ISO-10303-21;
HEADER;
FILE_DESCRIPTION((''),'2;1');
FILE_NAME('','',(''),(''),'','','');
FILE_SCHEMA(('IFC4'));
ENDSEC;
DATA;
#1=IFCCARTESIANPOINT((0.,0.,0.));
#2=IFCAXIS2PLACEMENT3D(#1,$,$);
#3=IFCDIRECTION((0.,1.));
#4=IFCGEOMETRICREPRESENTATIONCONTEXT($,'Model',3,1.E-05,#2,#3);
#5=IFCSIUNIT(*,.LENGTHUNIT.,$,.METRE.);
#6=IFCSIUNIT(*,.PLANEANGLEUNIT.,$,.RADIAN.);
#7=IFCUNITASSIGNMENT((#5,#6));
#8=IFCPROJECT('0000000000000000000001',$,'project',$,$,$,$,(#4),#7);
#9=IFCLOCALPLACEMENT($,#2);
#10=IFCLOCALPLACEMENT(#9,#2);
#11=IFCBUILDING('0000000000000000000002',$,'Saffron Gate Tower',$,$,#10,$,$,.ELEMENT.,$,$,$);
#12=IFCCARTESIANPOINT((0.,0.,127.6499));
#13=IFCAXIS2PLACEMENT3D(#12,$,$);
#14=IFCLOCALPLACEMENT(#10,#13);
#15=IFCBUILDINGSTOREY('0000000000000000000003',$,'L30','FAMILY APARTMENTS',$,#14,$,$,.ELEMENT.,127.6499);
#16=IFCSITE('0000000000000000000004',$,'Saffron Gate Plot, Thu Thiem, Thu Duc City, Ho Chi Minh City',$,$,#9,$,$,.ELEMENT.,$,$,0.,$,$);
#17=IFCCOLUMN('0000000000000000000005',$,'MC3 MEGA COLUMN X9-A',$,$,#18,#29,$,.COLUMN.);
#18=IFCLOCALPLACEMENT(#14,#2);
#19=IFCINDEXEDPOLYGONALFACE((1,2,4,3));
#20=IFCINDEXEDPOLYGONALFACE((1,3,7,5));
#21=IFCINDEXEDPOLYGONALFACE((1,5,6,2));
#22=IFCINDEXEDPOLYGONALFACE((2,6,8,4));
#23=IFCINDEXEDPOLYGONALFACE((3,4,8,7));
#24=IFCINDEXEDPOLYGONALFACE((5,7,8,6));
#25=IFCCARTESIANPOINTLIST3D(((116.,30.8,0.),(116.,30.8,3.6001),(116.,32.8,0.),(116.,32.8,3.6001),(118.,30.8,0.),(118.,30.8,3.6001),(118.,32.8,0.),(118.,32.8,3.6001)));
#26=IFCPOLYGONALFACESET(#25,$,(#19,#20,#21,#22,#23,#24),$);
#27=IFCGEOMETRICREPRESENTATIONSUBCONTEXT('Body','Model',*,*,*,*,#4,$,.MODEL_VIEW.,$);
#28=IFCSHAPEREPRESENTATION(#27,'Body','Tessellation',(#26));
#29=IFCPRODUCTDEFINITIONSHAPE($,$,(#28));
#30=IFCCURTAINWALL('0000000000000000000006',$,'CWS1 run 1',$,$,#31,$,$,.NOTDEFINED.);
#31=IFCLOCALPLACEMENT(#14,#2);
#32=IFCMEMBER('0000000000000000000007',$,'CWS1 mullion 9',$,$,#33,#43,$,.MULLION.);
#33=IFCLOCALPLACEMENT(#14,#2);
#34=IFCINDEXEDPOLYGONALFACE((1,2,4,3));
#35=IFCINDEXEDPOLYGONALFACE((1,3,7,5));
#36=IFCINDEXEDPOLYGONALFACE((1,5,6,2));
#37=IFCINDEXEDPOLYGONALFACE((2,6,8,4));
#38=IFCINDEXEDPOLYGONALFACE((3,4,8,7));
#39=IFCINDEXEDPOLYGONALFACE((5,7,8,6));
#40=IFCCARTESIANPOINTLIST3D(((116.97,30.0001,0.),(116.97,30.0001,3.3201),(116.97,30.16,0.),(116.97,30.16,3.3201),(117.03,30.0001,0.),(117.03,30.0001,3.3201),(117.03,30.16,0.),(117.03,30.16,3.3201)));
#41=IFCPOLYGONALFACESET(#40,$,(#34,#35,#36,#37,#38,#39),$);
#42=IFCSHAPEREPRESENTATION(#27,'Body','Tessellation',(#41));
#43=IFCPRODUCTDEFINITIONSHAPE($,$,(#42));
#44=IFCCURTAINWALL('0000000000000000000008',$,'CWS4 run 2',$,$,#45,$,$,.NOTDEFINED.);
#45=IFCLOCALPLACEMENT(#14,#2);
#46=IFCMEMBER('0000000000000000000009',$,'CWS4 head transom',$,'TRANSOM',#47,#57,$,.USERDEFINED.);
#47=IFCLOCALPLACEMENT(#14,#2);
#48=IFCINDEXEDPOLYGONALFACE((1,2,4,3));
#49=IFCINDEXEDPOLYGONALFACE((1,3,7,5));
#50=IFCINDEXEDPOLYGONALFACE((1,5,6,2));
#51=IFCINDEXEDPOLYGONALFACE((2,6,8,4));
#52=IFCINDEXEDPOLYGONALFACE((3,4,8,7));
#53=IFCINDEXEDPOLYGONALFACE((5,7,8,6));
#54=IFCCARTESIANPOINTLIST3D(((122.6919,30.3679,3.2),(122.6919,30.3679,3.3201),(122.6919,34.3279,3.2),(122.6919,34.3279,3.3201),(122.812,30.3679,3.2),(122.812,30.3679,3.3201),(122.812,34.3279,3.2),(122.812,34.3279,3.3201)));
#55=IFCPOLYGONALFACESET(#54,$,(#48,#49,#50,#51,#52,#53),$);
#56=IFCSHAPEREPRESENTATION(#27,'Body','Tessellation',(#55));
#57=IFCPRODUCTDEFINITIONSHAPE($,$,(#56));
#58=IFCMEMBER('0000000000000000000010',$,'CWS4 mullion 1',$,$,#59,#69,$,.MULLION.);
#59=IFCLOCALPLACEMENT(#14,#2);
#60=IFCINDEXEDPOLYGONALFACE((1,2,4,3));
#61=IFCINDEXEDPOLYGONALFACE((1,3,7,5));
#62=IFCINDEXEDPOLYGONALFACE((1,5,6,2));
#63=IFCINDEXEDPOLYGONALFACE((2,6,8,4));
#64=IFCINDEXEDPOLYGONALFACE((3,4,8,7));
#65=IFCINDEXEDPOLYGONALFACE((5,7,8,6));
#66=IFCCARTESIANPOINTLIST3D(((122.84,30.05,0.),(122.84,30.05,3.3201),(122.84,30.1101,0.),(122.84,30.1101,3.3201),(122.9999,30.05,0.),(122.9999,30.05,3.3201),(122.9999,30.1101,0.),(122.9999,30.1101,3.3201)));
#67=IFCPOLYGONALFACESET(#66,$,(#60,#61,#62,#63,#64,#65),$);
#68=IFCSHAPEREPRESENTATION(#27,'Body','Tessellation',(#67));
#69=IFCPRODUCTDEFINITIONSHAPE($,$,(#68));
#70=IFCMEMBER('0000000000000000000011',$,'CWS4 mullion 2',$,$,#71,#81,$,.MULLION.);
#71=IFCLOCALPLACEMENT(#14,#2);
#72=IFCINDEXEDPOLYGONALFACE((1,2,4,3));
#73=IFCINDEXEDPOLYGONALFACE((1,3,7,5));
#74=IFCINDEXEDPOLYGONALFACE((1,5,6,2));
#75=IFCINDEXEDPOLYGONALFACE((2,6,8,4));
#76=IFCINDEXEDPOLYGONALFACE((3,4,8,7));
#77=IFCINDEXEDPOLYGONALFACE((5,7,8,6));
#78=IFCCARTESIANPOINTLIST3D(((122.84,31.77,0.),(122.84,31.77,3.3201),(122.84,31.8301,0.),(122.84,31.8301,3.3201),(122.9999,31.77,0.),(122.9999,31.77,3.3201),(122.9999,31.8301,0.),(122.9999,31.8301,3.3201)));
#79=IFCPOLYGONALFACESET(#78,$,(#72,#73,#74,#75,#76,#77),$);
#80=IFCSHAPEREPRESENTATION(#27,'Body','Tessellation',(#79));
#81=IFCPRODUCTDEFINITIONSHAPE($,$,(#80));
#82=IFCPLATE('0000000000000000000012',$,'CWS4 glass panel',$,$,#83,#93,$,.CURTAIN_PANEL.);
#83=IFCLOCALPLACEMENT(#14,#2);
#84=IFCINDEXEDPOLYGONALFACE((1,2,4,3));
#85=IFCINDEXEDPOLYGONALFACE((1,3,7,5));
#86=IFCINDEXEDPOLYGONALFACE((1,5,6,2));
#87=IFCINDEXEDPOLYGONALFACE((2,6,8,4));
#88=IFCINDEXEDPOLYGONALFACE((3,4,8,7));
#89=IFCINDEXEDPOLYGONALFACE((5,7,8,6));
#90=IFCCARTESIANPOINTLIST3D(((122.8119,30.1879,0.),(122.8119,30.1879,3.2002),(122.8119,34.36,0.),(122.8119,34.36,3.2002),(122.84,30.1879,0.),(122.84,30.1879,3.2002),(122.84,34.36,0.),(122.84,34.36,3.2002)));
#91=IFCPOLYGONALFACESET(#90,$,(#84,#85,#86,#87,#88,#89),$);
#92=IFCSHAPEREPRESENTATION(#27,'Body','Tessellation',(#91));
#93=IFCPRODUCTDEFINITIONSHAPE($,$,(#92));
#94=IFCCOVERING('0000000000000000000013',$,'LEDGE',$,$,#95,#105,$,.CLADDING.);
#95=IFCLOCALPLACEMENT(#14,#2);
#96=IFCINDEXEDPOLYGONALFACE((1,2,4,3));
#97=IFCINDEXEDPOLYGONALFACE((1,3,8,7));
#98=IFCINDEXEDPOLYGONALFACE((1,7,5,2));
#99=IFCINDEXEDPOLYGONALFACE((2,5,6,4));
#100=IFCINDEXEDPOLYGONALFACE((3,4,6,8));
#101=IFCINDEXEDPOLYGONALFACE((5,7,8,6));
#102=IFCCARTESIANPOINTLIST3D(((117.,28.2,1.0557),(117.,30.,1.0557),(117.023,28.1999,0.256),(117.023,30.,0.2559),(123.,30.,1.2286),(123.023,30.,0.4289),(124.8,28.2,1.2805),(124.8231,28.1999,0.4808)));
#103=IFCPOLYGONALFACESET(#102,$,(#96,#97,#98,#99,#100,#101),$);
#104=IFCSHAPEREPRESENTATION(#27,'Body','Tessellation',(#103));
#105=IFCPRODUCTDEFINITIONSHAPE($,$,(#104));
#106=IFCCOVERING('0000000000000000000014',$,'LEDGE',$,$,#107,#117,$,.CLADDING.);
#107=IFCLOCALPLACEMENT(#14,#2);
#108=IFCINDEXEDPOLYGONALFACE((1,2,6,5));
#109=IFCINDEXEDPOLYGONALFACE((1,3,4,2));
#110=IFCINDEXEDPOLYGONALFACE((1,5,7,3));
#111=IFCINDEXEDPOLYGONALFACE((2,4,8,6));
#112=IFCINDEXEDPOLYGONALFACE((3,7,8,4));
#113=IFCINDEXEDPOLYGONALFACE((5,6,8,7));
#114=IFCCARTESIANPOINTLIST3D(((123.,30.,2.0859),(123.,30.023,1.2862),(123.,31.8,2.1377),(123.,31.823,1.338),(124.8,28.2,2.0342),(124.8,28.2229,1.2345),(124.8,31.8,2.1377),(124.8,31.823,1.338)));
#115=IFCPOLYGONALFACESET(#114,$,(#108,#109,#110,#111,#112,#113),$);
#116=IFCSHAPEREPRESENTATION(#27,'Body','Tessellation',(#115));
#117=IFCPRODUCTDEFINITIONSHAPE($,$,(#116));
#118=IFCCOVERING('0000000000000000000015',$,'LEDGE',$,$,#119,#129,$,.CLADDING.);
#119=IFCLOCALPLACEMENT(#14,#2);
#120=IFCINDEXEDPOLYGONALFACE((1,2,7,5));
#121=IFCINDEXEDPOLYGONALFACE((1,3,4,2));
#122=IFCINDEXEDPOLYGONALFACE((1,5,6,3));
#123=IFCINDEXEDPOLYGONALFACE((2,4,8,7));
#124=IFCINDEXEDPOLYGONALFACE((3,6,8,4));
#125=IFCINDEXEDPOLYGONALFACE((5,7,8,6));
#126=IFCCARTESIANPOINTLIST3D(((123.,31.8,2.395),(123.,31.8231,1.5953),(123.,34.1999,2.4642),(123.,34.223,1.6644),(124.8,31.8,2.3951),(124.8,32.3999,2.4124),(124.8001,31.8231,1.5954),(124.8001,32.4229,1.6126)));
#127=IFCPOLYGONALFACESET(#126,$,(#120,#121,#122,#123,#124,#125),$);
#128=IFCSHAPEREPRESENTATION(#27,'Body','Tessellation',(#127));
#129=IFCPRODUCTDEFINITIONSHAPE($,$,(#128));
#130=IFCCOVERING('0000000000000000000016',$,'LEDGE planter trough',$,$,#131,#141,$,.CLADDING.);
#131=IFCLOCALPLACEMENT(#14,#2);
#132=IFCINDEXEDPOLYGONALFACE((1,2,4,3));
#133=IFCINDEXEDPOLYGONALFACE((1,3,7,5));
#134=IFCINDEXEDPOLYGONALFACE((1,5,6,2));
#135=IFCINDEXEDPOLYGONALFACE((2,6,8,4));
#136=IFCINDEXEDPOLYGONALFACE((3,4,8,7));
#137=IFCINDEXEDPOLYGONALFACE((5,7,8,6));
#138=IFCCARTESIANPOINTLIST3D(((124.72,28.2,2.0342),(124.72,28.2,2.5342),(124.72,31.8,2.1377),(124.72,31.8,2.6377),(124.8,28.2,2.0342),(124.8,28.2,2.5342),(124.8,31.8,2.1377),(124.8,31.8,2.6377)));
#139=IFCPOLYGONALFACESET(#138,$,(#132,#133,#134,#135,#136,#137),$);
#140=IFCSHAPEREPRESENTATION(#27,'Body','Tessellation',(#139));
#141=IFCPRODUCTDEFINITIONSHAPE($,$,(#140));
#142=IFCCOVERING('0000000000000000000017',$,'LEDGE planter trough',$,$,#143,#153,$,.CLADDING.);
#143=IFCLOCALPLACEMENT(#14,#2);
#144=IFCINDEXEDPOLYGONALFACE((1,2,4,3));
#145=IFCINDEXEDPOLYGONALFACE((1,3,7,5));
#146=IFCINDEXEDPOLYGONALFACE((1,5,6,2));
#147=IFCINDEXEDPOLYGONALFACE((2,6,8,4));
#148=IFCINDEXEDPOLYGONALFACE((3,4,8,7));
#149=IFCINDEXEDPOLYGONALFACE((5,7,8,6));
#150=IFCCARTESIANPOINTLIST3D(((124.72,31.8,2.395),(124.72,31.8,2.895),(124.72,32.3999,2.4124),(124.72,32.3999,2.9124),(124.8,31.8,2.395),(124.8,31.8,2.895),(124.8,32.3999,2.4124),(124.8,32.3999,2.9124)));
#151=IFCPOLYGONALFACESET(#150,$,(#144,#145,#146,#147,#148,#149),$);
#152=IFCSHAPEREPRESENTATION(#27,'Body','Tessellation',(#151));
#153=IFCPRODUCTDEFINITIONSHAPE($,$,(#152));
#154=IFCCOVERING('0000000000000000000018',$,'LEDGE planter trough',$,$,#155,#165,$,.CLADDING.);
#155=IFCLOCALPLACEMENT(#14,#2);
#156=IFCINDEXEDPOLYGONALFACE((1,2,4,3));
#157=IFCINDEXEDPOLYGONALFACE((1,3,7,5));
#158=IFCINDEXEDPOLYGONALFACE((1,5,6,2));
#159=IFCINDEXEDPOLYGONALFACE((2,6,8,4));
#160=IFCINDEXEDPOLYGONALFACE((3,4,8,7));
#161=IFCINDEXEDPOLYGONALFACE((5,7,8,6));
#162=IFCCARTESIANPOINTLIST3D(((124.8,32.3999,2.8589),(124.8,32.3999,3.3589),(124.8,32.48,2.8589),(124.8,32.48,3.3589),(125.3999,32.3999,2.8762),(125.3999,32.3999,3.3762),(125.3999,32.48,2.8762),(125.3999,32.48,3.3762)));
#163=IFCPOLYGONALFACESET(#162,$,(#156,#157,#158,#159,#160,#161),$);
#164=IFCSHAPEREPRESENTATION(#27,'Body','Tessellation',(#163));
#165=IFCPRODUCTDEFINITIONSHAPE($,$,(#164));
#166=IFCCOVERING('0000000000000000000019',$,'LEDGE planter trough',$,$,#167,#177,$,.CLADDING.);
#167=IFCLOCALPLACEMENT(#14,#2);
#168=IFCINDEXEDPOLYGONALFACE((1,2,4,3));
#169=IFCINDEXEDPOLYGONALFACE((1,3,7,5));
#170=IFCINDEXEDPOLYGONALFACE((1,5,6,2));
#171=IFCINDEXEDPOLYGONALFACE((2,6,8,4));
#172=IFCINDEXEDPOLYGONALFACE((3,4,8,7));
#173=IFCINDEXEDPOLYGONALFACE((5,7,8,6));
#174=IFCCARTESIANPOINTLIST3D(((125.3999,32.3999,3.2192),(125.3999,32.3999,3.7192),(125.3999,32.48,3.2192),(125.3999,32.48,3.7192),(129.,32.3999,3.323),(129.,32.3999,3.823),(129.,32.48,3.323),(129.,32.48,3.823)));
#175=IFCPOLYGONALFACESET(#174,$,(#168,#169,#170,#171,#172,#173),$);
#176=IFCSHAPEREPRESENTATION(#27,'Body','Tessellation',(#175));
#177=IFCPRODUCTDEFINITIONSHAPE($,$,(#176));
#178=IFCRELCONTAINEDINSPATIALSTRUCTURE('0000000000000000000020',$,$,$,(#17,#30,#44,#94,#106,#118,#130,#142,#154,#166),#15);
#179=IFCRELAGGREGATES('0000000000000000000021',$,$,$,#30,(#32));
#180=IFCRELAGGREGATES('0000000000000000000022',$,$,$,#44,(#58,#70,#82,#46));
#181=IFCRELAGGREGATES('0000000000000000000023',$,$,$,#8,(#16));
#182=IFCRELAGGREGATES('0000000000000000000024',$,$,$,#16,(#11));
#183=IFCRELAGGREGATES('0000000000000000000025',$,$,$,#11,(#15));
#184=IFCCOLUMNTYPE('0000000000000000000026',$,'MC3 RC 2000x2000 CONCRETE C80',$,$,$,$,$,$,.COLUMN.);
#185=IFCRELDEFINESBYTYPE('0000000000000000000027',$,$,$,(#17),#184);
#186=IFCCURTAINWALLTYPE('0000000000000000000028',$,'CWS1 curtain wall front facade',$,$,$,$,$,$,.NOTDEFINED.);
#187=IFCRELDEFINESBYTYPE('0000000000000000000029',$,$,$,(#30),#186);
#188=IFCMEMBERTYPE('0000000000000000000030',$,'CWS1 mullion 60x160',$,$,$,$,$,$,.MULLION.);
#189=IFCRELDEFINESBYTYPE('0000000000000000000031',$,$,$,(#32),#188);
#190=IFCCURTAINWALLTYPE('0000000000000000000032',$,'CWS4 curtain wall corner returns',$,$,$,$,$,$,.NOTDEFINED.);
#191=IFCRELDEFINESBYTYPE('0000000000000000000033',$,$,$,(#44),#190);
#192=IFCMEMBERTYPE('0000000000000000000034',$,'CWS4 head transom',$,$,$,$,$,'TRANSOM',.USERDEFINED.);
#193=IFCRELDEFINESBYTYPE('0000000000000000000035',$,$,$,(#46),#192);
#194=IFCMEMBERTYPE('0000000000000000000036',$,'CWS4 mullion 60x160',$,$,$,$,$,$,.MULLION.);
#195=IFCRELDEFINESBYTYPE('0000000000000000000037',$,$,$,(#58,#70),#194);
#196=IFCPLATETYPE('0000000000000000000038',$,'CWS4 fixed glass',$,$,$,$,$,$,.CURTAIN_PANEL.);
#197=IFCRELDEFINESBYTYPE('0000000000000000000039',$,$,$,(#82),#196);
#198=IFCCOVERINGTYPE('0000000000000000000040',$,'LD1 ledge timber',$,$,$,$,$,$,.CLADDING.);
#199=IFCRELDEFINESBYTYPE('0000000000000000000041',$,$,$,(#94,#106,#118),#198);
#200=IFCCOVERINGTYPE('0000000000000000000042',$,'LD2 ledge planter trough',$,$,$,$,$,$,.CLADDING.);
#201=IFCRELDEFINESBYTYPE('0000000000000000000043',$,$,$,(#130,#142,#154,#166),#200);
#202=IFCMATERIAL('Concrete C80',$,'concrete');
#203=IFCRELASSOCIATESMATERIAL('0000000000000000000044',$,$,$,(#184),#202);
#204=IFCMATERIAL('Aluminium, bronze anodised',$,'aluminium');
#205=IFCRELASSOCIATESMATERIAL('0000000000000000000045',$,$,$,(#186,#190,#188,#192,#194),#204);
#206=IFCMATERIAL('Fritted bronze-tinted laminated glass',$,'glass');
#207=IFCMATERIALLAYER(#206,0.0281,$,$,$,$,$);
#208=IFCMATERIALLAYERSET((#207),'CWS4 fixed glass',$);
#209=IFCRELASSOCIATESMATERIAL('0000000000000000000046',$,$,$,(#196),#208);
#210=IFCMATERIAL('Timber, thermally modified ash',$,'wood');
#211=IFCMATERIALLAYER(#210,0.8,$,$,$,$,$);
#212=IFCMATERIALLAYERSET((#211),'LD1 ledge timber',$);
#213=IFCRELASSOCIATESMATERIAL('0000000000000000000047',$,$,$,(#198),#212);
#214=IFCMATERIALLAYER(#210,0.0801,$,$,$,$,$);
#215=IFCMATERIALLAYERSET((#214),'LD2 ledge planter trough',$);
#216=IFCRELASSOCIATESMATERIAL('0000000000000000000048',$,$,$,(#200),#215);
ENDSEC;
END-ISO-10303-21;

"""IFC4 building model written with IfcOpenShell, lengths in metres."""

from ifc_helpers import new_model, si_unit, direction, frame, frame_2d, origin, origin_2d, place, context, subcontext, project, spatial, polyline, rectangle, outline, extrude, material, layer, layer_set, material_profile, profile_set, type_object, element, aggregate, save


model = new_model("IFC4")

# Units and contexts
model_context = context("Model", 3, precision=1e-05, world=origin(), true_north=direction((0.0, 1.0)))
body_context = subcontext(model_context, "Body", "Model", "MODEL_VIEW")
ifc_project = project(units=[si_unit("LENGTHUNIT", "METRE"), si_unit("PLANEANGLEUNIT", "RADIAN")], contexts=[model_context])

# Site, building, storey
site_placement = place(None, origin())
site = spatial("IfcSite", under=ifc_project, at=site_placement, Name="Saffron Gate Plot, Thu Thiem, Thu Duc City, Ho Chi Minh City", CompositionType="ELEMENT", RefElevation=0.0)
building_placement = place(site_placement, origin())
building = spatial("IfcBuilding", under=site, at=building_placement, Name="Saffron Gate Tower", CompositionType="ELEMENT")
storey_placement = place(building_placement, frame((0.0, 0.0, 127.6499)))
storey = spatial("IfcBuildingStorey", under=building, at=storey_placement, Name="L30", Description="FAMILY APARTMENTS", CompositionType="ELEMENT", Elevation=127.6499)

# Column
ifc_material_1 = material(Name="Concrete C80", Category="concrete")
ifc_material_profile_1 = material_profile(ifc_material_1, rectangle(XDim=2.0, YDim=2.0, at=origin_2d()))
ifc_profile_set_1 = profile_set([ifc_material_profile_1], Name="Concrete C80")
column_type = type_object("IfcColumnType", Name="MC3 RC 2000x2000 CONCRETE C80", PredefinedType="COLUMN", material=ifc_profile_set_1)
column_placement = place(storey_placement, frame((117.0, 31.8, 0.0), z_axis=(0.0, 0.0, 1.0), x_axis=(1.0, 0.0, 0.0)))
element("IfcColumn", 1, at=column_placement, inside=storey, type_object=column_type, Name="MC3 MEGA COLUMN X9-A", PredefinedType="COLUMN", context=body_context, shape_type="SweptSolid", body=[
    extrude(rectangle(XDim=2.0, YDim=2.0, at=origin_2d()), origin(), (0.0, 0.0, 1.0), 3.6001),
])

# Curtain wall, member
ifc_material_2 = material(Name="Aluminium, bronze anodised", Category="aluminium")
curtain_wall_type_1 = type_object("IfcCurtainWallType", Name="CWS1 curtain wall front facade", PredefinedType="NOTDEFINED", material=ifc_material_2)
curtain_wall_1_placement = place(storey_placement, origin())
curtain_wall_1 = element("IfcCurtainWall", 2, at=curtain_wall_1_placement, inside=storey, type_object=curtain_wall_type_1, Name="CWS1 run 1", PredefinedType="NOTDEFINED")
ifc_material_profile_2 = material_profile(ifc_material_2, rectangle(XDim=0.1599, YDim=0.0601, at=origin_2d()))
ifc_profile_set_2 = profile_set([ifc_material_profile_2], Name="Aluminium, bronze anodised")
member_type_1 = type_object("IfcMemberType", Name="CWS1 mullion 60x160", PredefinedType="MULLION", material=ifc_profile_set_2)
member_1_placement = place(storey_placement, frame((117.0, 30.0801, 0.0), z_axis=(0.0, 0.0, 1.0), x_axis=(0.0, 1.0, 0.0)))
member_1 = element("IfcMember", 3, at=member_1_placement, type_object=member_type_1, Name="CWS1 mullion 9", PredefinedType="MULLION", context=body_context, shape_type="SweptSolid", body=[
    extrude(rectangle(XDim=0.1599, YDim=0.0601, at=origin_2d()), origin(), (0.0, 0.0, 1.0), 3.3201),
])
aggregate(curtain_wall_1, [member_1])

# Curtain wall, members, plate
curtain_wall_type_2 = type_object("IfcCurtainWallType", Name="CWS4 curtain wall corner returns", PredefinedType="NOTDEFINED", material=ifc_material_2)
curtain_wall_2_placement = place(storey_placement, origin())
curtain_wall_2 = element("IfcCurtainWall", 4, at=curtain_wall_2_placement, inside=storey, type_object=curtain_wall_type_2, Name="CWS4 run 2", PredefinedType="NOTDEFINED")
ifc_material_profile_3 = material_profile(ifc_material_2, rectangle(XDim=0.1201, YDim=0.1201, at=origin_2d()))
ifc_profile_set_3 = profile_set([ifc_material_profile_3], Name="Aluminium, bronze anodised")
member_type_2 = type_object("IfcMemberType", Name="CWS4 head transom", ElementType="TRANSOM", PredefinedType="USERDEFINED", material=ifc_profile_set_3)
member_2_placement = place(storey_placement, frame((122.752, 30.3679, 3.26), z_axis=(0.0, 1.0, 0.0), x_axis=(-1.0, 0.0, 0.0)))
member_2 = element("IfcMember", 5, at=member_2_placement, type_object=member_type_2, Name="CWS4 head transom", ObjectType="TRANSOM", PredefinedType="USERDEFINED", context=body_context, shape_type="SweptSolid", body=[
    extrude(rectangle(XDim=0.1201, YDim=0.1201, at=origin_2d()), origin(), (0.0, 0.0, 1.0), 3.96),
])
ifc_material_profile_4 = material_profile(ifc_material_2, rectangle(XDim=0.1599, YDim=0.0601, at=origin_2d()))
ifc_profile_set_4 = profile_set([ifc_material_profile_4], Name="Aluminium, bronze anodised")
member_type_3 = type_object("IfcMemberType", Name="CWS4 mullion 60x160", PredefinedType="MULLION", material=ifc_profile_set_4)
member_3_placement = place(storey_placement, frame((122.9199, 30.0801, 0.0), z_axis=(0.0, 0.0, 1.0), x_axis=(-1.0, 0.0, 0.0)))
member_3 = element("IfcMember", 6, at=member_3_placement, type_object=member_type_3, Name="CWS4 mullion 1", PredefinedType="MULLION", context=body_context, shape_type="SweptSolid", body=[
    extrude(rectangle(XDim=0.1599, YDim=0.0601, at=origin_2d()), origin(), (0.0, 0.0, 1.0), 3.3201),
])
member_4_placement = place(storey_placement, frame((122.9199, 31.8, 0.0), z_axis=(0.0, 0.0, 1.0), x_axis=(-1.0, 0.0, 0.0)))
member_4 = element("IfcMember", 7, at=member_4_placement, type_object=member_type_3, Name="CWS4 mullion 2", PredefinedType="MULLION", context=body_context, shape_type="SweptSolid", body=[
    extrude(rectangle(XDim=0.1599, YDim=0.0601, at=origin_2d()), origin(), (0.0, 0.0, 1.0), 3.3201),
])
ifc_material_3 = material(Name="Fritted bronze-tinted laminated glass", Category="glass")
ifc_layer_1 = layer(ifc_material_3, 0.0281)
ifc_layer_set_1 = layer_set([ifc_layer_1], Name="CWS4 fixed glass")
plate_type = type_object("IfcPlateType", Name="CWS4 fixed glass", PredefinedType="CURTAIN_PANEL", material=ifc_layer_set_1)
plate_placement = place(storey_placement, frame((122.8259, 30.188, 0.0), z_axis=(0.0, 0.0, 1.0), x_axis=(0.0, 1.0, 0.0)))
plate = element("IfcPlate", 8, at=plate_placement, type_object=plate_type, Name="CWS4 glass panel", PredefinedType="CURTAIN_PANEL", context=body_context, shape_type="SweptSolid", body=[
    extrude(rectangle(XDim=4.1721, YDim=0.0281, at=frame_2d((2.0859, 0.0))), origin(), (0.0, 0.0, 1.0), 3.2002),
])
aggregate(curtain_wall_2, [member_3, member_4, plate, member_2])

# Coverings
ifc_material_4 = material(Name="Timber, thermally modified ash", Category="wood")
ifc_layer_2 = layer(ifc_material_4, 0.8)
ifc_layer_set_2 = layer_set([ifc_layer_2], Name="LD1 ledge timber")
covering_type_1 = type_object("IfcCoveringType", Name="LD1 ledge timber", PredefinedType="CLADDING", material=ifc_layer_set_2)
covering_1_placement = place(storey_placement, frame((117.0, 30.0, 1.0557), z_axis=(-0.028807, 0.000035, 0.999585), x_axis=(0.999585, 0.0, 0.028807)))
element("IfcCovering", 9, at=covering_1_placement, inside=storey, type_object=covering_type_1, Name="LEDGE", PredefinedType="CLADDING", context=body_context, shape_type="SweptSolid", body=[
    extrude(outline(polyline([(0.0, 0.0), (6.0025, 0.0), (7.8033, -1.8), (0.0, -1.8), (0.0, 0.0)])), origin(), (0.0, 0.0, -1.0), 0.8),
])
covering_2_placement = place(storey_placement, frame((123.0, 30.0, 2.0859), z_axis=(0.0, -0.028742, 0.999587), x_axis=(0.0, 0.999587, 0.028742)))
element("IfcCovering", 10, at=covering_2_placement, inside=storey, type_object=covering_type_1, Name="LEDGE", PredefinedType="CLADDING", context=body_context, shape_type="SweptSolid", body=[
    extrude(outline(polyline([(0.0, 0.0), (1.8008, 0.0), (1.8008, -1.8), (-1.8008, -1.8), (0.0, 0.0)])), origin(), (0.0, 0.0, -1.0), 0.8),
])
covering_3_placement = place(storey_placement, frame((123.0, 31.8, 2.395), z_axis=(-0.000029, -0.028799, 0.999585), x_axis=(0.0, 0.999585, 0.028799)))
element("IfcCovering", 11, at=covering_3_placement, inside=storey, type_object=covering_type_1, Name="LEDGE", PredefinedType="CLADDING", context=body_context, shape_type="SweptSolid", body=[
    extrude(outline(polyline([(0.0, 0.0), (2.4009, 0.0), (0.6001, -1.8), (0.0, -1.8), (0.0, 0.0)])), origin(), (0.0, 0.0, -1.0), 0.8),
])
ifc_layer_3 = layer(ifc_material_4, 0.0801)
ifc_layer_set_3 = layer_set([ifc_layer_3], Name="LD2 ledge planter trough")
covering_type_2 = type_object("IfcCoveringType", Name="LD2 ledge planter trough", PredefinedType="CLADDING", material=ifc_layer_set_3)
covering_4_placement = place(storey_placement, frame((124.8, 28.2, 2.0342), z_axis=(1.0, 0.0, 0.0), x_axis=(0.0, 0.999587, 0.028742)))
element("IfcCovering", 12, at=covering_4_placement, inside=storey, type_object=covering_type_2, Name="LEDGE planter trough", PredefinedType="CLADDING", context=body_context, shape_type="SweptSolid", body=[
    extrude(outline(polyline([(0.0, 0.0), (3.6016, 0.0), (3.616, 0.4998), (0.0144, 0.4998), (0.0, 0.0)])), origin(), (0.0, 0.0, -1.0), 0.0801),
])
for number, where, z_axis, x_axis, name in (
    (13, (124.8, 31.8, 2.395), (1.0, 0.0, 0.0), (0.0, 0.999583, 0.028885), "LEDGE planter trough"),
    (14, (124.8, 32.3999, 2.8589), (0.0, -1.0, 0.0), (0.999583, 0.0, 0.028885), "LEDGE planter trough"),
):
    element("IfcCovering", number, at=place(storey_placement, frame(where, z_axis=z_axis, x_axis=x_axis)), inside=storey, type_object=covering_type_2, Name=name, PredefinedType="CLADDING", context=body_context, shape_type="SweptSolid", body=[
        extrude(outline(polyline([(0.0, 0.0), (0.6001, 0.0), (0.6145, 0.4998), (0.0144, 0.4998), (0.0, 0.0)])), origin(), (0.0, 0.0, -1.0), 0.0801),
    ])
covering_5_placement = place(storey_placement, frame((125.3999, 32.3999, 3.2192), z_axis=(0.0, -1.0, 0.0), x_axis=(0.999585, 0.0, 0.028809)))
element("IfcCovering", 15, at=covering_5_placement, inside=storey, type_object=covering_type_2, Name="LEDGE planter trough", PredefinedType="CLADDING", context=body_context, shape_type="SweptSolid", body=[
    extrude(outline(polyline([(0.0, 0.0), (3.6016, 0.0), (3.616, 0.4998), (0.0144, 0.4998), (0.0, 0.0)])), origin(), (0.0, 0.0, -1.0), 0.0801),
])

save(model, "model.ifc")
